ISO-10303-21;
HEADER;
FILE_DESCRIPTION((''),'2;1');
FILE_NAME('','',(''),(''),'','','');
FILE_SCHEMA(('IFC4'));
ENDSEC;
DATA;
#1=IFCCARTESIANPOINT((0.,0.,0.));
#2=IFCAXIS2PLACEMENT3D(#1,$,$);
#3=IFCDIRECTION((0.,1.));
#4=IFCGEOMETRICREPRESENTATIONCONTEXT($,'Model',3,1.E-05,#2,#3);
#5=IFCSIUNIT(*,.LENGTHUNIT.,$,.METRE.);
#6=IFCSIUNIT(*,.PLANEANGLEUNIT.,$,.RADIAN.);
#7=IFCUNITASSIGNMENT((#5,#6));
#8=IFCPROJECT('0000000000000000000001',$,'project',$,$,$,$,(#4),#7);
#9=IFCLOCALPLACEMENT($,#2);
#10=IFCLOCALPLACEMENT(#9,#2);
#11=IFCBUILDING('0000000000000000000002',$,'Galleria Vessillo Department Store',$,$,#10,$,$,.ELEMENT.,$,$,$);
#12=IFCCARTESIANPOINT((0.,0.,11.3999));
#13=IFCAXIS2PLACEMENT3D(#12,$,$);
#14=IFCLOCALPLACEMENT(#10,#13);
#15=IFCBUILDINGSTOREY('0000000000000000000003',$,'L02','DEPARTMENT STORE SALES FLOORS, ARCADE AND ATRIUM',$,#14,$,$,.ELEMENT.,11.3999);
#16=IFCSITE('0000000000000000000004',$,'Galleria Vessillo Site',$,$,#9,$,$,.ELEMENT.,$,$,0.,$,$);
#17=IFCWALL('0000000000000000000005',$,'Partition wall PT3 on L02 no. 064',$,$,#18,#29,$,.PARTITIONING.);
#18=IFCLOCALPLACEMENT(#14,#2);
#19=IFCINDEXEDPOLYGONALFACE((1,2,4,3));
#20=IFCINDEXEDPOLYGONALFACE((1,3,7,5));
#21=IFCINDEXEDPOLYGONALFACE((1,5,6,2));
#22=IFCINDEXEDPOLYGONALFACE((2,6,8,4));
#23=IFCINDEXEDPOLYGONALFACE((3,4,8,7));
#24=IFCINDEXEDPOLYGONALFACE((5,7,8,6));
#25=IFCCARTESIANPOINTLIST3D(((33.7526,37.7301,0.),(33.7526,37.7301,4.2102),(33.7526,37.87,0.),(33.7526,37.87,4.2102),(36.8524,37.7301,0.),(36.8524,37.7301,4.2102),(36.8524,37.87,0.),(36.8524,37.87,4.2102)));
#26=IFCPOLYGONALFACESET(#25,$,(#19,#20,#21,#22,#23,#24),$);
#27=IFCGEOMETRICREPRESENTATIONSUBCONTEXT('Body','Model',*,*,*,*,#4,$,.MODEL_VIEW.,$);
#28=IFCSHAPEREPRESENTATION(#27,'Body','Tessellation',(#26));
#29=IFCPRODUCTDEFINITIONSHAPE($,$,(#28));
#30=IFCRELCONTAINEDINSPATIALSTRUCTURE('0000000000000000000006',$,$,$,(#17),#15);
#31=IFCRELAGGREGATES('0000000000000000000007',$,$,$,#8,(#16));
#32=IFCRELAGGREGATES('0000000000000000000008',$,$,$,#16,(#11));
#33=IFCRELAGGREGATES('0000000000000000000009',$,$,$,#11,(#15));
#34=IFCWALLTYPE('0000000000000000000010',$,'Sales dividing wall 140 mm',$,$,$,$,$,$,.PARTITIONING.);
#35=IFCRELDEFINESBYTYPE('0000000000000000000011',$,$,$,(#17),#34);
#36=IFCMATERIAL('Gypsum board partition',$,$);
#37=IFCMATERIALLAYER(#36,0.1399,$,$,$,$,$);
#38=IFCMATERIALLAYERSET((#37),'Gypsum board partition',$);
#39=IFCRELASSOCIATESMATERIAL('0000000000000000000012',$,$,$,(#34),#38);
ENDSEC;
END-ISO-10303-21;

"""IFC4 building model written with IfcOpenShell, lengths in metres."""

from ifc_helpers import new_model, si_unit, direction, frame, frame_2d, origin, place, context, subcontext, project, spatial, rectangle, extrude, material, layer, layer_set, type_object, element, save


model = new_model("IFC4")

# Units and contexts
model_context = context("Model", 3, precision=1e-05, world=origin(), true_north=direction((0.0, 1.0)))
body_context = subcontext(model_context, "Body", "Model", "MODEL_VIEW")
ifc_project = project(units=[si_unit("LENGTHUNIT", "METRE"), si_unit("PLANEANGLEUNIT", "RADIAN")], contexts=[model_context])

# Site, building, storey
site_placement = place(None, origin())
site = spatial("IfcSite", under=ifc_project, at=site_placement, Name="Galleria Vessillo Site", CompositionType="ELEMENT", RefElevation=0.0)
building_placement = place(site_placement, origin())
building = spatial("IfcBuilding", under=site, at=building_placement, Name="Galleria Vessillo Department Store", CompositionType="ELEMENT")
storey_placement = place(building_placement, frame((0.0, 0.0, 11.3999)))
storey = spatial("IfcBuildingStorey", under=building, at=storey_placement, Name="L02", Description="DEPARTMENT STORE SALES FLOORS, ARCADE AND ATRIUM", CompositionType="ELEMENT", Elevation=11.3999)

# Wall
ifc_material_1 = material(Name="Gypsum board partition")
ifc_layer = layer(ifc_material_1, 0.1399)
ifc_layer_set = layer_set([ifc_layer], Name="Gypsum board partition")
wall_type = type_object("IfcWallType", Name="Sales dividing wall 140 mm", PredefinedType="PARTITIONING", material=ifc_layer_set)
wall_placement = place(storey_placement, frame((33.7527, 37.8, 0.0), z_axis=(0.0, 0.0, 1.0), x_axis=(1.0, 0.0, 0.0)))
element("IfcWall", 1, at=wall_placement, inside=storey, type_object=wall_type, Name="Partition wall PT3 on L02 no. 064", PredefinedType="PARTITIONING", context=body_context, shape_type="SweptSolid", body=[
    extrude(rectangle(XDim=3.0999, YDim=0.1399, at=frame_2d((1.5498, 0.0))), origin(), (0.0, 0.0, 1.0), 4.2102),
])

save(model, "model.ifc")
